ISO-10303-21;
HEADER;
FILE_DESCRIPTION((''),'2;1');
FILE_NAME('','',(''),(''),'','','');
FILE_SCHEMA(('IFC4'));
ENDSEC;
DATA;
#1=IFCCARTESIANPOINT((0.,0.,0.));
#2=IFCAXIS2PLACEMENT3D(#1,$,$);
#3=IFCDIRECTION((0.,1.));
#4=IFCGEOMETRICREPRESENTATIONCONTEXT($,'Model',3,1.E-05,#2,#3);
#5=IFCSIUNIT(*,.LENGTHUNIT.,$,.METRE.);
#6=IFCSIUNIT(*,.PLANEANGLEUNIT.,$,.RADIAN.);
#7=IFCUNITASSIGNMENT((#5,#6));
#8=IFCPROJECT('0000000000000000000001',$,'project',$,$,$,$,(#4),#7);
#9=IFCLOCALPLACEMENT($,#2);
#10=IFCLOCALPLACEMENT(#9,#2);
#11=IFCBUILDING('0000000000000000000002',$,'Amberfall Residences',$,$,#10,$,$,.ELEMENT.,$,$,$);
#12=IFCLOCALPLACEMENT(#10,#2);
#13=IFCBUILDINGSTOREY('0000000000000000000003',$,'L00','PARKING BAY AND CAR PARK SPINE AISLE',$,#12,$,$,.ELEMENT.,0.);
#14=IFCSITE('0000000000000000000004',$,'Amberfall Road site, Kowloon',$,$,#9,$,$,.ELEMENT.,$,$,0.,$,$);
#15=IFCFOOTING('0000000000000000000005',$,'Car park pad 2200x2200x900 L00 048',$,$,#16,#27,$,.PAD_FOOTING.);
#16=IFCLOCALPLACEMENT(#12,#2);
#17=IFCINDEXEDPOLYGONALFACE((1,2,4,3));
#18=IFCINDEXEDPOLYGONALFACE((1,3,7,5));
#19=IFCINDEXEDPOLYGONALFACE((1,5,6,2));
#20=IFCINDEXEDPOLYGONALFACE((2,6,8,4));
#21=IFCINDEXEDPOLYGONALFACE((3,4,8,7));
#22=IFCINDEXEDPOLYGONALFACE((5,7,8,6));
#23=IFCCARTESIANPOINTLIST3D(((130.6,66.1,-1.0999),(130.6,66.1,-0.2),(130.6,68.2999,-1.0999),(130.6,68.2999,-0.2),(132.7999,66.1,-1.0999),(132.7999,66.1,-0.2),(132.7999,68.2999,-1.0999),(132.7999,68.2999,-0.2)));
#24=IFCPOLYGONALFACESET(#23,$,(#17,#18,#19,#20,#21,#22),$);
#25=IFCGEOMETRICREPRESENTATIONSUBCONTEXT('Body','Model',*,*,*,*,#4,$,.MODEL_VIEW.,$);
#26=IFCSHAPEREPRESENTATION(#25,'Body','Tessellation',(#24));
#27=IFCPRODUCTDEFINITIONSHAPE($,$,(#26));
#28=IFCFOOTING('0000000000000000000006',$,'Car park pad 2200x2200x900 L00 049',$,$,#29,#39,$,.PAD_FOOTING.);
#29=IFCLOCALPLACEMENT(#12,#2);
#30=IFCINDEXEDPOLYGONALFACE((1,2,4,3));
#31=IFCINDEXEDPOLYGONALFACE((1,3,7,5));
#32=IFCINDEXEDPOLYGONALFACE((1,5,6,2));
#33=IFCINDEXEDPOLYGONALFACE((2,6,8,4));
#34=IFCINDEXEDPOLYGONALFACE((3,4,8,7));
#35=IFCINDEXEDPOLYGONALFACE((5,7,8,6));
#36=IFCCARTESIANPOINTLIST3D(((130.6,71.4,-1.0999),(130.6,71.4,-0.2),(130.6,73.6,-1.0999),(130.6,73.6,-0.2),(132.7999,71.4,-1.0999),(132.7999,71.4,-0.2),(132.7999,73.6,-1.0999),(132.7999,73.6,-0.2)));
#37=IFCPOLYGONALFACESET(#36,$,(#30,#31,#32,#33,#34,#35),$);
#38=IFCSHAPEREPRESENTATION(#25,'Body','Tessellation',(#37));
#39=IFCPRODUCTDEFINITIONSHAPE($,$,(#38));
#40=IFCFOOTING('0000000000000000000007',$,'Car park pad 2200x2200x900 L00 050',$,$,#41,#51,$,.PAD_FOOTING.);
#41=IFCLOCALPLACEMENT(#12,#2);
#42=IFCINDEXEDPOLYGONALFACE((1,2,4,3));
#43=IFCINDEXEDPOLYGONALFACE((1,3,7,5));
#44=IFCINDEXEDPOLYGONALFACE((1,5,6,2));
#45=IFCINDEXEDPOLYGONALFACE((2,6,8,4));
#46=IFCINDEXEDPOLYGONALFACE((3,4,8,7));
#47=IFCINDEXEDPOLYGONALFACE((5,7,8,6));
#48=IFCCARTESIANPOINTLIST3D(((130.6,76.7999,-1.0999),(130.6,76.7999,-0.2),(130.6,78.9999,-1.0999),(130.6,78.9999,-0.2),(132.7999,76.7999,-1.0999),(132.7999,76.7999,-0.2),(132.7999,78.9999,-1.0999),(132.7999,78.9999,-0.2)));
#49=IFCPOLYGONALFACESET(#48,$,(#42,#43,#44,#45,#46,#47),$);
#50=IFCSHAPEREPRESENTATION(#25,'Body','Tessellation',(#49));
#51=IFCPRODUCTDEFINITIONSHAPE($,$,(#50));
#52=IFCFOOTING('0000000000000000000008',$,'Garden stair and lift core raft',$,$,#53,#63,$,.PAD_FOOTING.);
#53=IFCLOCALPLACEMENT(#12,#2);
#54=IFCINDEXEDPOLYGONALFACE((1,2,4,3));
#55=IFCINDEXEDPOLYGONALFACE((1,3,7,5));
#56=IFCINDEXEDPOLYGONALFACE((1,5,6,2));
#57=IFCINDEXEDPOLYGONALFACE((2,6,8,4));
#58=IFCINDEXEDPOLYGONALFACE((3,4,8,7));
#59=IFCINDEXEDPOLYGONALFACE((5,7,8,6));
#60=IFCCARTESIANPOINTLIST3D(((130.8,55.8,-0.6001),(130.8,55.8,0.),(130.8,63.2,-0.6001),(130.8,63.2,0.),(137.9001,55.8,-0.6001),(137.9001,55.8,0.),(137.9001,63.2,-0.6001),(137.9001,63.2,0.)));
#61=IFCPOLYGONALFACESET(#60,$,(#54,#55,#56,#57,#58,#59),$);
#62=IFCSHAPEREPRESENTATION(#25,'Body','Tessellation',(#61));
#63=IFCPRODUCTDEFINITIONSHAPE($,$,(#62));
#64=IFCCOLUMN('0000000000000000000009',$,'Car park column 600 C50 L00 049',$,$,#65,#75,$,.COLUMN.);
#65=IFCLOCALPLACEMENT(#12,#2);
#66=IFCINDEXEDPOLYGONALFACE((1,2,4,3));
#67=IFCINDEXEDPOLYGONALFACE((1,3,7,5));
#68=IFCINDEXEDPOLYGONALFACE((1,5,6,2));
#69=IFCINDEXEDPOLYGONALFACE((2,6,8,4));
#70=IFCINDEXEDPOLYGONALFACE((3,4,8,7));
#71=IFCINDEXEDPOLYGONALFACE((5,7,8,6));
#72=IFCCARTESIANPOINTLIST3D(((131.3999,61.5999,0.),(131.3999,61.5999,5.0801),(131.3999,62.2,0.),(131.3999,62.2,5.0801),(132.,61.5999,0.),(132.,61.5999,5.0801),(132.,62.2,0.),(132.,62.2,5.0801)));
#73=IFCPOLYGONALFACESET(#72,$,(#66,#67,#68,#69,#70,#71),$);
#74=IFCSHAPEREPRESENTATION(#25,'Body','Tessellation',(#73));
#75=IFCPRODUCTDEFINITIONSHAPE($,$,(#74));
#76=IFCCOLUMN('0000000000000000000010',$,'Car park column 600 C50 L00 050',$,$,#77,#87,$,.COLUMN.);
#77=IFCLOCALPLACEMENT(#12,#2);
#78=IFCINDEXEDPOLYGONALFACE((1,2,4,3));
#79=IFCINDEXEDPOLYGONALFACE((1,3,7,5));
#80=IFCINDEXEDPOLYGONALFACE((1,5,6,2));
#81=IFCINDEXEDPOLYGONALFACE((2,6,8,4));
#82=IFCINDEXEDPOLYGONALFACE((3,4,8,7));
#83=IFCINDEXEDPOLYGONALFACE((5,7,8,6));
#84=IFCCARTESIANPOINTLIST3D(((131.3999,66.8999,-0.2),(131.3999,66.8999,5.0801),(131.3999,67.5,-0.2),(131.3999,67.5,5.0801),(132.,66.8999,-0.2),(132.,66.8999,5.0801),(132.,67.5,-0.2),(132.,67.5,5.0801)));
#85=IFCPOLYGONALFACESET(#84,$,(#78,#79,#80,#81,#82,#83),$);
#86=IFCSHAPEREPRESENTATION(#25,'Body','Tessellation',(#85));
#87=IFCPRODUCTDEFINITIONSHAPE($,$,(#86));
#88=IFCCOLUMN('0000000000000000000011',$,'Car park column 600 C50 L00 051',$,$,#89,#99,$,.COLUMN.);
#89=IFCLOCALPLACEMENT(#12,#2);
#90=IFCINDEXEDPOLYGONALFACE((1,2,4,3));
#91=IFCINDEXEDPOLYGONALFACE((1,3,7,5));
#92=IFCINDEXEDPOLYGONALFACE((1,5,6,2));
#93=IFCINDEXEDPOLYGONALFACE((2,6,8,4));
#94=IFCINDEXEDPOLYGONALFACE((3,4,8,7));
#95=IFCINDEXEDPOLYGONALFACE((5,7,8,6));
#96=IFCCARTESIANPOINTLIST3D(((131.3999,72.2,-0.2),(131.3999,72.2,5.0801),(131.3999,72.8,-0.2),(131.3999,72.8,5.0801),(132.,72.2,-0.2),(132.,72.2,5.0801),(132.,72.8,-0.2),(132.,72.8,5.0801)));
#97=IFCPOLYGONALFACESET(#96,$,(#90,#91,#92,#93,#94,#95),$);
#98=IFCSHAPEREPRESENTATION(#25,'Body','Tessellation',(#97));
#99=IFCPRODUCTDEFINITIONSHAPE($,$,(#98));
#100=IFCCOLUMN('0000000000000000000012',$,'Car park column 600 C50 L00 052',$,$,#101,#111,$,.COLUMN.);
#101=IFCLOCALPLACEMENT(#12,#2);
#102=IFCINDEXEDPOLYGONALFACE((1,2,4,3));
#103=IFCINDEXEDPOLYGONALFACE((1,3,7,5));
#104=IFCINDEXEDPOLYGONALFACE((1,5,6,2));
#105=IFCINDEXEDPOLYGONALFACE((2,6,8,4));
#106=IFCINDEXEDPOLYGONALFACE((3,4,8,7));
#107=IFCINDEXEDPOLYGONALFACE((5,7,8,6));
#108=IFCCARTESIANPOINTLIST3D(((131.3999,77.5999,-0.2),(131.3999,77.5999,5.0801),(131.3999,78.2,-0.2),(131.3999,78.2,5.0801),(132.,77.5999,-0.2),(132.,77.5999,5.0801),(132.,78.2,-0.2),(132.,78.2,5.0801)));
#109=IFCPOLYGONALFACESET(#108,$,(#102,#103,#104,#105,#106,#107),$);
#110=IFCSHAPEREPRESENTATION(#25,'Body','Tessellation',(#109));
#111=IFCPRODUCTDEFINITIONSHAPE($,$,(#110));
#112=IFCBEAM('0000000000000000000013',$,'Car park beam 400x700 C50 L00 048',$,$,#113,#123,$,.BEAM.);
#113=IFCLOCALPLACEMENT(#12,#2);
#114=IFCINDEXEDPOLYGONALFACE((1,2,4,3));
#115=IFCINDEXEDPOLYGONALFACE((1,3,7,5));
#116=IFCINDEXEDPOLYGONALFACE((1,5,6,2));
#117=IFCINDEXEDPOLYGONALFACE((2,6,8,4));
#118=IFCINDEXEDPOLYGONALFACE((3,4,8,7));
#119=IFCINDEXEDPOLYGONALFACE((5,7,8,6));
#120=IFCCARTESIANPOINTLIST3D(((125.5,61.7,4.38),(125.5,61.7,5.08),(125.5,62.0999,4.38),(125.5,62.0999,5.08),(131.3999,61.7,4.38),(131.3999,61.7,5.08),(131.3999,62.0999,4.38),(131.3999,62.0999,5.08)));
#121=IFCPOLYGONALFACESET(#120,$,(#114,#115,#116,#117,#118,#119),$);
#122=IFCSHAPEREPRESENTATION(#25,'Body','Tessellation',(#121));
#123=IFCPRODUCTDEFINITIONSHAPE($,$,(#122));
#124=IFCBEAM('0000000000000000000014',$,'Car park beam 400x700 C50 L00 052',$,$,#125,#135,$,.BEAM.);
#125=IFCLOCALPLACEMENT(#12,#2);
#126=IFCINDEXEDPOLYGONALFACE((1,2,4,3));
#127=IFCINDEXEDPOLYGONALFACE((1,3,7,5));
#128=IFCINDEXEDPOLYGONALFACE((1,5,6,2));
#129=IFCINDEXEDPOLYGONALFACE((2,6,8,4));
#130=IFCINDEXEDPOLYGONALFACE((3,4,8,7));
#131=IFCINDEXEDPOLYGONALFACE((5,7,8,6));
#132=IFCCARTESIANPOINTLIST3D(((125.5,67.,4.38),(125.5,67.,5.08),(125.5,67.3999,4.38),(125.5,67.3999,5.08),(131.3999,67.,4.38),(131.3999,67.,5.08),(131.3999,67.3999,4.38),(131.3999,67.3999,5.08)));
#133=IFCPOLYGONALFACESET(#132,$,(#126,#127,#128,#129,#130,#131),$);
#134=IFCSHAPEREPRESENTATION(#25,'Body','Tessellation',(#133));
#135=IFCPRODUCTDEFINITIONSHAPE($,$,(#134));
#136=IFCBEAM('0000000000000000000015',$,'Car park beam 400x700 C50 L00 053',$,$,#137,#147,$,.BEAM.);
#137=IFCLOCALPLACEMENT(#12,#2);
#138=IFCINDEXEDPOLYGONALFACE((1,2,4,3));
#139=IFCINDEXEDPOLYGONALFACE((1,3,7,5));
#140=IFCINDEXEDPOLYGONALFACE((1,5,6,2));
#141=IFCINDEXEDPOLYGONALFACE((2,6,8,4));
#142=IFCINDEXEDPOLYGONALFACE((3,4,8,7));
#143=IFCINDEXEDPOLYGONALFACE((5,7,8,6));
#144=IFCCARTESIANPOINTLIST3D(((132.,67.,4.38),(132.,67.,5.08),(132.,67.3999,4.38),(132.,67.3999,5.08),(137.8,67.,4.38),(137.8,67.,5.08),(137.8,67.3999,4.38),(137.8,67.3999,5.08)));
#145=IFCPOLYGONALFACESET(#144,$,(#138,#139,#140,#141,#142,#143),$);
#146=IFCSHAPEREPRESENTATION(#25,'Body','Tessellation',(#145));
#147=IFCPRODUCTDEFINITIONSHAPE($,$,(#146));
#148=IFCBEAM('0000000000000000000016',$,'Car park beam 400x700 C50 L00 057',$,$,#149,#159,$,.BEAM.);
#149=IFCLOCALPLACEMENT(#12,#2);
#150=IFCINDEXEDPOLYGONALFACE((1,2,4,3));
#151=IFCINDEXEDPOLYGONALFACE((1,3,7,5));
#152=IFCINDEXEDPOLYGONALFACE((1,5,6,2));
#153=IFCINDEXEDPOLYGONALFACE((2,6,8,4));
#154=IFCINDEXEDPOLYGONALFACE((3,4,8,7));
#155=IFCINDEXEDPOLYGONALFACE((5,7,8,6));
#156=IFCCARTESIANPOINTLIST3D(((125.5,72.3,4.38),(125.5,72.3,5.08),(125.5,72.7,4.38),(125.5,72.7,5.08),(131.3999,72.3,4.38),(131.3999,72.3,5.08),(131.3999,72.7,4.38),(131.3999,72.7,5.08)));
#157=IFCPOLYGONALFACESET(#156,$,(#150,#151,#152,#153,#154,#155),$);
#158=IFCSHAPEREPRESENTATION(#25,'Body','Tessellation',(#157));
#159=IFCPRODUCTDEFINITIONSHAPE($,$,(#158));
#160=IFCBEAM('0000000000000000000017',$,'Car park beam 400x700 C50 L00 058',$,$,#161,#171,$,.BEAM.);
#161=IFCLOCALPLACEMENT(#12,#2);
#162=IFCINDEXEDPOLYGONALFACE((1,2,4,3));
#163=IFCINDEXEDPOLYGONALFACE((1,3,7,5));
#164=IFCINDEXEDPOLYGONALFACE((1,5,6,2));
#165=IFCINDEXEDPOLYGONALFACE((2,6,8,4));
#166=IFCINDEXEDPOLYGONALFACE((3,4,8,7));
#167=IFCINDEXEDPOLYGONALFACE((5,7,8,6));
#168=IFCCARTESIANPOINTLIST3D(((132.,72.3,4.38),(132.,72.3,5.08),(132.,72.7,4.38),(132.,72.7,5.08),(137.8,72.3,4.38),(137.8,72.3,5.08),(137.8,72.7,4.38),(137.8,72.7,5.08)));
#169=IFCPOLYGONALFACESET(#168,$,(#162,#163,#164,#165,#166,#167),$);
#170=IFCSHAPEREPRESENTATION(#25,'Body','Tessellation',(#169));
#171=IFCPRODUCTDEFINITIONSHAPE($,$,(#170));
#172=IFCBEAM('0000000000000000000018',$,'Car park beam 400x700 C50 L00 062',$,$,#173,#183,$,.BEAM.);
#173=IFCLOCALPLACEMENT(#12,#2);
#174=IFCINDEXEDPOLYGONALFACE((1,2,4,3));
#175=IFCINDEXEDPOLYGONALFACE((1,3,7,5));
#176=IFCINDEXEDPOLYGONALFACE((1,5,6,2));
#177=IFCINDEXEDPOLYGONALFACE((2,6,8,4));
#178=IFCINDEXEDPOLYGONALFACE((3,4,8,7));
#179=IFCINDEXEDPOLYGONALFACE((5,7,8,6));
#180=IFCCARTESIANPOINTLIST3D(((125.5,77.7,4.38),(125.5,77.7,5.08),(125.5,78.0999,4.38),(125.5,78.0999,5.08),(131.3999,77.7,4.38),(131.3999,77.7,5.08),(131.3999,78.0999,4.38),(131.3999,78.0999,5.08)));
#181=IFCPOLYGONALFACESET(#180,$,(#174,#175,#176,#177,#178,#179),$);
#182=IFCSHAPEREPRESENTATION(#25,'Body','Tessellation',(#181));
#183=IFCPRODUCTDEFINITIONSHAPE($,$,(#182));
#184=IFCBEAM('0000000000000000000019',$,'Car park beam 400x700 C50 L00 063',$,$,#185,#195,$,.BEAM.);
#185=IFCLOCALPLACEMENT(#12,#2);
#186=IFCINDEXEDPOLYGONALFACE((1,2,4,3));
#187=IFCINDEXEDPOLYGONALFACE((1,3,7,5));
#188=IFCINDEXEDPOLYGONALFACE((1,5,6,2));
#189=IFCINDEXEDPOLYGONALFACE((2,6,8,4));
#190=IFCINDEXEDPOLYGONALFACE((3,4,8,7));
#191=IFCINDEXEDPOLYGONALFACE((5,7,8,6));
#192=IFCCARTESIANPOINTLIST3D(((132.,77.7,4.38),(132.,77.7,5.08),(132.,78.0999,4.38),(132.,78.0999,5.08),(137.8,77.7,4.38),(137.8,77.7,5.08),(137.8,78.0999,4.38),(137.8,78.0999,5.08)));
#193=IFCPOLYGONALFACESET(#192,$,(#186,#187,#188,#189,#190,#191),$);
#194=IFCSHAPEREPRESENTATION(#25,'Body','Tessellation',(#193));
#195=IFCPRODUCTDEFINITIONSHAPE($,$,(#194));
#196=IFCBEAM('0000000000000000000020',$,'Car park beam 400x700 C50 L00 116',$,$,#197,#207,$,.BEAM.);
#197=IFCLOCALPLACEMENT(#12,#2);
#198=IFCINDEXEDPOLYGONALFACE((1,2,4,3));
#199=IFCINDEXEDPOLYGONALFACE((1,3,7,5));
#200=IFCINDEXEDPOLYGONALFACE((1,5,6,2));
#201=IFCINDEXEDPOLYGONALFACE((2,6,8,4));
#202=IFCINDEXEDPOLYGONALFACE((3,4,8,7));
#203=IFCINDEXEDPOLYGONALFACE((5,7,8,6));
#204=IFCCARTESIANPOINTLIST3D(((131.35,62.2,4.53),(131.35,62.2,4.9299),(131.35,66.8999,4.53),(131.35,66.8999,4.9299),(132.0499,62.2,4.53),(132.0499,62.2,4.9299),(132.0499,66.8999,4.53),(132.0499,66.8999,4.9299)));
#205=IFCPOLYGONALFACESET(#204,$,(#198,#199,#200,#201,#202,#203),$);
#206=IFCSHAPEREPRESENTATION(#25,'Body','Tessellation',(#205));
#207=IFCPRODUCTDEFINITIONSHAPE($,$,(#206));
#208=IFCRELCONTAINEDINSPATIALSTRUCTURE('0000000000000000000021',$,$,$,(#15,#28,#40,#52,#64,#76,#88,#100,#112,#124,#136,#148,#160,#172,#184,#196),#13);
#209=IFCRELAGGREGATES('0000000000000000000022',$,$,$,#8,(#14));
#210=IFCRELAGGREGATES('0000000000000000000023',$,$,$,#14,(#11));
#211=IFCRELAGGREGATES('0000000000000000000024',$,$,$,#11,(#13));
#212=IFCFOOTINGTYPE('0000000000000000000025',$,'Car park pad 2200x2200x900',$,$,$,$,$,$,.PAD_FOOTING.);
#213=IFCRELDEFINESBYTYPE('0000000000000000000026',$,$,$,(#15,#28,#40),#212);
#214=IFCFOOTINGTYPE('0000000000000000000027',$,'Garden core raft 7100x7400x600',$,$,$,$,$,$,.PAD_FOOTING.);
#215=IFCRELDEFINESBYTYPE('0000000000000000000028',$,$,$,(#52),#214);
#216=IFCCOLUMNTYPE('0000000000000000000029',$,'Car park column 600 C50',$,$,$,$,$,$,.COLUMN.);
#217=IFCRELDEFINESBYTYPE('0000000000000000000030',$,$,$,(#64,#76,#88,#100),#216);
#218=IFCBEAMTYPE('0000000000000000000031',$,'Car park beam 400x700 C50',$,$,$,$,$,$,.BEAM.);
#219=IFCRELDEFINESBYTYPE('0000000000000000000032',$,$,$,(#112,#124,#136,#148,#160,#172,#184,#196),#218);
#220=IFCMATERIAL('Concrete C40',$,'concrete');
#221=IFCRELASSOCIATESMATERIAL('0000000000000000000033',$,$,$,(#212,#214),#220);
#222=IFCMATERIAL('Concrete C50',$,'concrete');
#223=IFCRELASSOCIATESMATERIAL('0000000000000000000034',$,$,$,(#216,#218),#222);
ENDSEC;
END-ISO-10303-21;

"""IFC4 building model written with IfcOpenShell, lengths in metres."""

from ifc_helpers import new_model, si_unit, direction, frame, origin, origin_2d, place, context, subcontext, project, spatial, rectangle, extrude, material, material_profile, profile_set, type_object, element, save


model = new_model("IFC4")

# Units and contexts
model_context = context("Model", 3, precision=1e-05, world=origin(), true_north=direction((0.0, 1.0)))
body_context = subcontext(model_context, "Body", "Model", "MODEL_VIEW")
ifc_project = project(units=[si_unit("LENGTHUNIT", "METRE"), si_unit("PLANEANGLEUNIT", "RADIAN")], contexts=[model_context])

# Site, building, storey
site_placement = place(None, origin())
site = spatial("IfcSite", under=ifc_project, at=site_placement, Name="Amberfall Road site, Kowloon", CompositionType="ELEMENT", RefElevation=0.0)
building_placement = place(site_placement, origin())
building = spatial("IfcBuilding", under=site, at=building_placement, Name="Amberfall Residences", CompositionType="ELEMENT")
storey_placement = place(building_placement, origin())
storey = spatial("IfcBuildingStorey", under=building, at=storey_placement, Name="L00", Description="PARKING BAY AND CAR PARK SPINE AISLE", CompositionType="ELEMENT", Elevation=0.0)

# Footings
ifc_material_1 = material(Name="Concrete C40", Category="concrete")
footing_type_1 = type_object("IfcFootingType", Name="Car park pad 2200x2200x900", PredefinedType="PAD_FOOTING", material=ifc_material_1)
for number, where, z_axis, x_axis, name in (
    (1, (131.7, 67.2, -1.0999), (0.0, 0.0, 1.0), (1.0, 0.0, 0.0), "Car park pad 2200x2200x900 L00 048"),
    (2, (131.7, 72.5, -1.0999), (0.0, 0.0, 1.0), (1.0, 0.0, 0.0), "Car park pad 2200x2200x900 L00 049"),
    (3, (131.7, 77.8999, -1.0999), (0.0, 0.0, 1.0), (1.0, 0.0, 0.0), "Car park pad 2200x2200x900 L00 050"),
):
    element("IfcFooting", number, at=place(storey_placement, frame(where, z_axis=z_axis, x_axis=x_axis)), inside=storey, type_object=footing_type_1, Name=name, PredefinedType="PAD_FOOTING", context=body_context, shape_type="SweptSolid", body=[
        extrude(rectangle(XDim=2.2, YDim=2.2, at=origin_2d()), origin(), (0.0, 0.0, 1.0), 0.8999),
    ])
footing_type_2 = type_object("IfcFootingType", Name="Garden core raft 7100x7400x600", PredefinedType="PAD_FOOTING", material=ifc_material_1)
footing_placement = place(storey_placement, frame((134.3501, 59.5, -0.6001), z_axis=(0.0, 0.0, 1.0), x_axis=(1.0, 0.0, 0.0)))
element("IfcFooting", 4, at=footing_placement, inside=storey, type_object=footing_type_2, Name="Garden stair and lift core raft", PredefinedType="PAD_FOOTING", context=body_context, shape_type="SweptSolid", body=[
    extrude(rectangle(XDim=7.1001, YDim=7.3999, at=origin_2d()), origin(), (0.0, 0.0, 1.0), 0.6001),
])

# Columns
ifc_material_2 = material(Name="Concrete C50", Category="concrete")
ifc_material_profile_1 = material_profile(ifc_material_2, rectangle(XDim=0.6001, YDim=0.6001, at=origin_2d()), Name="RC 600x600")
ifc_profile_set_1 = profile_set([ifc_material_profile_1], Name="Concrete C50")
column_type = type_object("IfcColumnType", Name="Car park column 600 C50", PredefinedType="COLUMN", material=ifc_profile_set_1)
column_placement = place(storey_placement, frame((131.7, 61.8999, 0.0), z_axis=(0.0, 0.0, 1.0), x_axis=(1.0, 0.0, 0.0)))
element("IfcColumn", 5, at=column_placement, inside=storey, type_object=column_type, Name="Car park column 600 C50 L00 049", PredefinedType="COLUMN", context=body_context, shape_type="SweptSolid", body=[
    extrude(rectangle(XDim=0.6001, YDim=0.6001, at=origin_2d()), origin(), (0.0, 0.0, 1.0), 5.0801),
])
for number, where, z_axis, x_axis, name in (
    (6, (131.7, 67.2, -0.2), (0.0, 0.0, 1.0), (1.0, 0.0, 0.0), "Car park column 600 C50 L00 050"),
    (7, (131.7, 72.5, -0.2), (0.0, 0.0, 1.0), (1.0, 0.0, 0.0), "Car park column 600 C50 L00 051"),
    (8, (131.7, 77.8999, -0.2), (0.0, 0.0, 1.0), (1.0, 0.0, 0.0), "Car park column 600 C50 L00 052"),
):
    element("IfcColumn", number, at=place(storey_placement, frame(where, z_axis=z_axis, x_axis=x_axis)), inside=storey, type_object=column_type, Name=name, PredefinedType="COLUMN", context=body_context, shape_type="SweptSolid", body=[
        extrude(rectangle(XDim=0.6001, YDim=0.6001, at=origin_2d()), origin(), (0.0, 0.0, 1.0), 5.28),
    ])

# Beams
ifc_material_profile_2 = material_profile(ifc_material_2, rectangle(XDim=0.3999, YDim=0.7, at=origin_2d()), Name="RC 400x700")
ifc_profile_set_2 = profile_set([ifc_material_profile_2], Name="Concrete C50")
beam_type = type_object("IfcBeamType", Name="Car park beam 400x700 C50", PredefinedType="BEAM", material=ifc_profile_set_2)
for number, where, z_axis, x_axis, name in (
    (9, (125.5, 61.8999, 4.73), (1.0, 0.0, 0.0), (0.0, 1.0, 0.0), "Car park beam 400x700 C50 L00 048"),
    (10, (125.5, 67.2, 4.73), (1.0, 0.0, 0.0), (0.0, 1.0, 0.0), "Car park beam 400x700 C50 L00 052"),
):
    element("IfcBeam", number, at=place(storey_placement, frame(where, z_axis=z_axis, x_axis=x_axis)), inside=storey, type_object=beam_type, Name=name, PredefinedType="BEAM", context=body_context, shape_type="SweptSolid", body=[
        extrude(rectangle(XDim=0.3999, YDim=0.7, at=origin_2d()), origin(), (0.0, 0.0, 1.0), 5.8999),
    ])
beam_1_placement = place(storey_placement, frame((132.0, 67.2, 4.73), z_axis=(1.0, 0.0, 0.0), x_axis=(0.0, 1.0, 0.0)))
element("IfcBeam", 11, at=beam_1_placement, inside=storey, type_object=beam_type, Name="Car park beam 400x700 C50 L00 053", PredefinedType="BEAM", context=body_context, shape_type="SweptSolid", body=[
    extrude(rectangle(XDim=0.3999, YDim=0.7, at=origin_2d()), origin(), (0.0, 0.0, 1.0), 5.8),
])
beam_2_placement = place(storey_placement, frame((125.5, 72.5, 4.73), z_axis=(1.0, 0.0, 0.0), x_axis=(0.0, 1.0, 0.0)))
element("IfcBeam", 12, at=beam_2_placement, inside=storey, type_object=beam_type, Name="Car park beam 400x700 C50 L00 057", PredefinedType="BEAM", context=body_context, shape_type="SweptSolid", body=[
    extrude(rectangle(XDim=0.3999, YDim=0.7, at=origin_2d()), origin(), (0.0, 0.0, 1.0), 5.8999),
])
beam_3_placement = place(storey_placement, frame((132.0, 72.5, 4.73), z_axis=(1.0, 0.0, 0.0), x_axis=(0.0, 1.0, 0.0)))
element("IfcBeam", 13, at=beam_3_placement, inside=storey, type_object=beam_type, Name="Car park beam 400x700 C50 L00 058", PredefinedType="BEAM", context=body_context, shape_type="SweptSolid", body=[
    extrude(rectangle(XDim=0.3999, YDim=0.7, at=origin_2d()), origin(), (0.0, 0.0, 1.0), 5.8),
])
beam_4_placement = place(storey_placement, frame((125.5, 77.8999, 4.73), z_axis=(1.0, 0.0, 0.0), x_axis=(0.0, 1.0, 0.0)))
element("IfcBeam", 14, at=beam_4_placement, inside=storey, type_object=beam_type, Name="Car park beam 400x700 C50 L00 062", PredefinedType="BEAM", context=body_context, shape_type="SweptSolid", body=[
    extrude(rectangle(XDim=0.3999, YDim=0.7, at=origin_2d()), origin(), (0.0, 0.0, 1.0), 5.8999),
])
beam_5_placement = place(storey_placement, frame((132.0, 77.8999, 4.73), z_axis=(1.0, 0.0, 0.0), x_axis=(0.0, 1.0, 0.0)))
element("IfcBeam", 15, at=beam_5_placement, inside=storey, type_object=beam_type, Name="Car park beam 400x700 C50 L00 063", PredefinedType="BEAM", context=body_context, shape_type="SweptSolid", body=[
    extrude(rectangle(XDim=0.3999, YDim=0.7, at=origin_2d()), origin(), (0.0, 0.0, 1.0), 5.8),
])
for number, where, z_axis, x_axis, name in (
    (16, (131.7, 62.2, 4.73), (0.0, 1.0, 0.0), (0.0, 0.0, 1.0), "Car park beam 400x700 C50 L00 116"),
):
    element("IfcBeam", number, at=place(storey_placement, frame(where, z_axis=z_axis, x_axis=x_axis)), inside=storey, type_object=beam_type, Name=name, PredefinedType="BEAM", context=body_context, shape_type="SweptSolid", body=[
        extrude(rectangle(XDim=0.3999, YDim=0.7, at=origin_2d()), origin(), (0.0, 0.0, 1.0), 4.7),
    ])

save(model, "model.ifc")
